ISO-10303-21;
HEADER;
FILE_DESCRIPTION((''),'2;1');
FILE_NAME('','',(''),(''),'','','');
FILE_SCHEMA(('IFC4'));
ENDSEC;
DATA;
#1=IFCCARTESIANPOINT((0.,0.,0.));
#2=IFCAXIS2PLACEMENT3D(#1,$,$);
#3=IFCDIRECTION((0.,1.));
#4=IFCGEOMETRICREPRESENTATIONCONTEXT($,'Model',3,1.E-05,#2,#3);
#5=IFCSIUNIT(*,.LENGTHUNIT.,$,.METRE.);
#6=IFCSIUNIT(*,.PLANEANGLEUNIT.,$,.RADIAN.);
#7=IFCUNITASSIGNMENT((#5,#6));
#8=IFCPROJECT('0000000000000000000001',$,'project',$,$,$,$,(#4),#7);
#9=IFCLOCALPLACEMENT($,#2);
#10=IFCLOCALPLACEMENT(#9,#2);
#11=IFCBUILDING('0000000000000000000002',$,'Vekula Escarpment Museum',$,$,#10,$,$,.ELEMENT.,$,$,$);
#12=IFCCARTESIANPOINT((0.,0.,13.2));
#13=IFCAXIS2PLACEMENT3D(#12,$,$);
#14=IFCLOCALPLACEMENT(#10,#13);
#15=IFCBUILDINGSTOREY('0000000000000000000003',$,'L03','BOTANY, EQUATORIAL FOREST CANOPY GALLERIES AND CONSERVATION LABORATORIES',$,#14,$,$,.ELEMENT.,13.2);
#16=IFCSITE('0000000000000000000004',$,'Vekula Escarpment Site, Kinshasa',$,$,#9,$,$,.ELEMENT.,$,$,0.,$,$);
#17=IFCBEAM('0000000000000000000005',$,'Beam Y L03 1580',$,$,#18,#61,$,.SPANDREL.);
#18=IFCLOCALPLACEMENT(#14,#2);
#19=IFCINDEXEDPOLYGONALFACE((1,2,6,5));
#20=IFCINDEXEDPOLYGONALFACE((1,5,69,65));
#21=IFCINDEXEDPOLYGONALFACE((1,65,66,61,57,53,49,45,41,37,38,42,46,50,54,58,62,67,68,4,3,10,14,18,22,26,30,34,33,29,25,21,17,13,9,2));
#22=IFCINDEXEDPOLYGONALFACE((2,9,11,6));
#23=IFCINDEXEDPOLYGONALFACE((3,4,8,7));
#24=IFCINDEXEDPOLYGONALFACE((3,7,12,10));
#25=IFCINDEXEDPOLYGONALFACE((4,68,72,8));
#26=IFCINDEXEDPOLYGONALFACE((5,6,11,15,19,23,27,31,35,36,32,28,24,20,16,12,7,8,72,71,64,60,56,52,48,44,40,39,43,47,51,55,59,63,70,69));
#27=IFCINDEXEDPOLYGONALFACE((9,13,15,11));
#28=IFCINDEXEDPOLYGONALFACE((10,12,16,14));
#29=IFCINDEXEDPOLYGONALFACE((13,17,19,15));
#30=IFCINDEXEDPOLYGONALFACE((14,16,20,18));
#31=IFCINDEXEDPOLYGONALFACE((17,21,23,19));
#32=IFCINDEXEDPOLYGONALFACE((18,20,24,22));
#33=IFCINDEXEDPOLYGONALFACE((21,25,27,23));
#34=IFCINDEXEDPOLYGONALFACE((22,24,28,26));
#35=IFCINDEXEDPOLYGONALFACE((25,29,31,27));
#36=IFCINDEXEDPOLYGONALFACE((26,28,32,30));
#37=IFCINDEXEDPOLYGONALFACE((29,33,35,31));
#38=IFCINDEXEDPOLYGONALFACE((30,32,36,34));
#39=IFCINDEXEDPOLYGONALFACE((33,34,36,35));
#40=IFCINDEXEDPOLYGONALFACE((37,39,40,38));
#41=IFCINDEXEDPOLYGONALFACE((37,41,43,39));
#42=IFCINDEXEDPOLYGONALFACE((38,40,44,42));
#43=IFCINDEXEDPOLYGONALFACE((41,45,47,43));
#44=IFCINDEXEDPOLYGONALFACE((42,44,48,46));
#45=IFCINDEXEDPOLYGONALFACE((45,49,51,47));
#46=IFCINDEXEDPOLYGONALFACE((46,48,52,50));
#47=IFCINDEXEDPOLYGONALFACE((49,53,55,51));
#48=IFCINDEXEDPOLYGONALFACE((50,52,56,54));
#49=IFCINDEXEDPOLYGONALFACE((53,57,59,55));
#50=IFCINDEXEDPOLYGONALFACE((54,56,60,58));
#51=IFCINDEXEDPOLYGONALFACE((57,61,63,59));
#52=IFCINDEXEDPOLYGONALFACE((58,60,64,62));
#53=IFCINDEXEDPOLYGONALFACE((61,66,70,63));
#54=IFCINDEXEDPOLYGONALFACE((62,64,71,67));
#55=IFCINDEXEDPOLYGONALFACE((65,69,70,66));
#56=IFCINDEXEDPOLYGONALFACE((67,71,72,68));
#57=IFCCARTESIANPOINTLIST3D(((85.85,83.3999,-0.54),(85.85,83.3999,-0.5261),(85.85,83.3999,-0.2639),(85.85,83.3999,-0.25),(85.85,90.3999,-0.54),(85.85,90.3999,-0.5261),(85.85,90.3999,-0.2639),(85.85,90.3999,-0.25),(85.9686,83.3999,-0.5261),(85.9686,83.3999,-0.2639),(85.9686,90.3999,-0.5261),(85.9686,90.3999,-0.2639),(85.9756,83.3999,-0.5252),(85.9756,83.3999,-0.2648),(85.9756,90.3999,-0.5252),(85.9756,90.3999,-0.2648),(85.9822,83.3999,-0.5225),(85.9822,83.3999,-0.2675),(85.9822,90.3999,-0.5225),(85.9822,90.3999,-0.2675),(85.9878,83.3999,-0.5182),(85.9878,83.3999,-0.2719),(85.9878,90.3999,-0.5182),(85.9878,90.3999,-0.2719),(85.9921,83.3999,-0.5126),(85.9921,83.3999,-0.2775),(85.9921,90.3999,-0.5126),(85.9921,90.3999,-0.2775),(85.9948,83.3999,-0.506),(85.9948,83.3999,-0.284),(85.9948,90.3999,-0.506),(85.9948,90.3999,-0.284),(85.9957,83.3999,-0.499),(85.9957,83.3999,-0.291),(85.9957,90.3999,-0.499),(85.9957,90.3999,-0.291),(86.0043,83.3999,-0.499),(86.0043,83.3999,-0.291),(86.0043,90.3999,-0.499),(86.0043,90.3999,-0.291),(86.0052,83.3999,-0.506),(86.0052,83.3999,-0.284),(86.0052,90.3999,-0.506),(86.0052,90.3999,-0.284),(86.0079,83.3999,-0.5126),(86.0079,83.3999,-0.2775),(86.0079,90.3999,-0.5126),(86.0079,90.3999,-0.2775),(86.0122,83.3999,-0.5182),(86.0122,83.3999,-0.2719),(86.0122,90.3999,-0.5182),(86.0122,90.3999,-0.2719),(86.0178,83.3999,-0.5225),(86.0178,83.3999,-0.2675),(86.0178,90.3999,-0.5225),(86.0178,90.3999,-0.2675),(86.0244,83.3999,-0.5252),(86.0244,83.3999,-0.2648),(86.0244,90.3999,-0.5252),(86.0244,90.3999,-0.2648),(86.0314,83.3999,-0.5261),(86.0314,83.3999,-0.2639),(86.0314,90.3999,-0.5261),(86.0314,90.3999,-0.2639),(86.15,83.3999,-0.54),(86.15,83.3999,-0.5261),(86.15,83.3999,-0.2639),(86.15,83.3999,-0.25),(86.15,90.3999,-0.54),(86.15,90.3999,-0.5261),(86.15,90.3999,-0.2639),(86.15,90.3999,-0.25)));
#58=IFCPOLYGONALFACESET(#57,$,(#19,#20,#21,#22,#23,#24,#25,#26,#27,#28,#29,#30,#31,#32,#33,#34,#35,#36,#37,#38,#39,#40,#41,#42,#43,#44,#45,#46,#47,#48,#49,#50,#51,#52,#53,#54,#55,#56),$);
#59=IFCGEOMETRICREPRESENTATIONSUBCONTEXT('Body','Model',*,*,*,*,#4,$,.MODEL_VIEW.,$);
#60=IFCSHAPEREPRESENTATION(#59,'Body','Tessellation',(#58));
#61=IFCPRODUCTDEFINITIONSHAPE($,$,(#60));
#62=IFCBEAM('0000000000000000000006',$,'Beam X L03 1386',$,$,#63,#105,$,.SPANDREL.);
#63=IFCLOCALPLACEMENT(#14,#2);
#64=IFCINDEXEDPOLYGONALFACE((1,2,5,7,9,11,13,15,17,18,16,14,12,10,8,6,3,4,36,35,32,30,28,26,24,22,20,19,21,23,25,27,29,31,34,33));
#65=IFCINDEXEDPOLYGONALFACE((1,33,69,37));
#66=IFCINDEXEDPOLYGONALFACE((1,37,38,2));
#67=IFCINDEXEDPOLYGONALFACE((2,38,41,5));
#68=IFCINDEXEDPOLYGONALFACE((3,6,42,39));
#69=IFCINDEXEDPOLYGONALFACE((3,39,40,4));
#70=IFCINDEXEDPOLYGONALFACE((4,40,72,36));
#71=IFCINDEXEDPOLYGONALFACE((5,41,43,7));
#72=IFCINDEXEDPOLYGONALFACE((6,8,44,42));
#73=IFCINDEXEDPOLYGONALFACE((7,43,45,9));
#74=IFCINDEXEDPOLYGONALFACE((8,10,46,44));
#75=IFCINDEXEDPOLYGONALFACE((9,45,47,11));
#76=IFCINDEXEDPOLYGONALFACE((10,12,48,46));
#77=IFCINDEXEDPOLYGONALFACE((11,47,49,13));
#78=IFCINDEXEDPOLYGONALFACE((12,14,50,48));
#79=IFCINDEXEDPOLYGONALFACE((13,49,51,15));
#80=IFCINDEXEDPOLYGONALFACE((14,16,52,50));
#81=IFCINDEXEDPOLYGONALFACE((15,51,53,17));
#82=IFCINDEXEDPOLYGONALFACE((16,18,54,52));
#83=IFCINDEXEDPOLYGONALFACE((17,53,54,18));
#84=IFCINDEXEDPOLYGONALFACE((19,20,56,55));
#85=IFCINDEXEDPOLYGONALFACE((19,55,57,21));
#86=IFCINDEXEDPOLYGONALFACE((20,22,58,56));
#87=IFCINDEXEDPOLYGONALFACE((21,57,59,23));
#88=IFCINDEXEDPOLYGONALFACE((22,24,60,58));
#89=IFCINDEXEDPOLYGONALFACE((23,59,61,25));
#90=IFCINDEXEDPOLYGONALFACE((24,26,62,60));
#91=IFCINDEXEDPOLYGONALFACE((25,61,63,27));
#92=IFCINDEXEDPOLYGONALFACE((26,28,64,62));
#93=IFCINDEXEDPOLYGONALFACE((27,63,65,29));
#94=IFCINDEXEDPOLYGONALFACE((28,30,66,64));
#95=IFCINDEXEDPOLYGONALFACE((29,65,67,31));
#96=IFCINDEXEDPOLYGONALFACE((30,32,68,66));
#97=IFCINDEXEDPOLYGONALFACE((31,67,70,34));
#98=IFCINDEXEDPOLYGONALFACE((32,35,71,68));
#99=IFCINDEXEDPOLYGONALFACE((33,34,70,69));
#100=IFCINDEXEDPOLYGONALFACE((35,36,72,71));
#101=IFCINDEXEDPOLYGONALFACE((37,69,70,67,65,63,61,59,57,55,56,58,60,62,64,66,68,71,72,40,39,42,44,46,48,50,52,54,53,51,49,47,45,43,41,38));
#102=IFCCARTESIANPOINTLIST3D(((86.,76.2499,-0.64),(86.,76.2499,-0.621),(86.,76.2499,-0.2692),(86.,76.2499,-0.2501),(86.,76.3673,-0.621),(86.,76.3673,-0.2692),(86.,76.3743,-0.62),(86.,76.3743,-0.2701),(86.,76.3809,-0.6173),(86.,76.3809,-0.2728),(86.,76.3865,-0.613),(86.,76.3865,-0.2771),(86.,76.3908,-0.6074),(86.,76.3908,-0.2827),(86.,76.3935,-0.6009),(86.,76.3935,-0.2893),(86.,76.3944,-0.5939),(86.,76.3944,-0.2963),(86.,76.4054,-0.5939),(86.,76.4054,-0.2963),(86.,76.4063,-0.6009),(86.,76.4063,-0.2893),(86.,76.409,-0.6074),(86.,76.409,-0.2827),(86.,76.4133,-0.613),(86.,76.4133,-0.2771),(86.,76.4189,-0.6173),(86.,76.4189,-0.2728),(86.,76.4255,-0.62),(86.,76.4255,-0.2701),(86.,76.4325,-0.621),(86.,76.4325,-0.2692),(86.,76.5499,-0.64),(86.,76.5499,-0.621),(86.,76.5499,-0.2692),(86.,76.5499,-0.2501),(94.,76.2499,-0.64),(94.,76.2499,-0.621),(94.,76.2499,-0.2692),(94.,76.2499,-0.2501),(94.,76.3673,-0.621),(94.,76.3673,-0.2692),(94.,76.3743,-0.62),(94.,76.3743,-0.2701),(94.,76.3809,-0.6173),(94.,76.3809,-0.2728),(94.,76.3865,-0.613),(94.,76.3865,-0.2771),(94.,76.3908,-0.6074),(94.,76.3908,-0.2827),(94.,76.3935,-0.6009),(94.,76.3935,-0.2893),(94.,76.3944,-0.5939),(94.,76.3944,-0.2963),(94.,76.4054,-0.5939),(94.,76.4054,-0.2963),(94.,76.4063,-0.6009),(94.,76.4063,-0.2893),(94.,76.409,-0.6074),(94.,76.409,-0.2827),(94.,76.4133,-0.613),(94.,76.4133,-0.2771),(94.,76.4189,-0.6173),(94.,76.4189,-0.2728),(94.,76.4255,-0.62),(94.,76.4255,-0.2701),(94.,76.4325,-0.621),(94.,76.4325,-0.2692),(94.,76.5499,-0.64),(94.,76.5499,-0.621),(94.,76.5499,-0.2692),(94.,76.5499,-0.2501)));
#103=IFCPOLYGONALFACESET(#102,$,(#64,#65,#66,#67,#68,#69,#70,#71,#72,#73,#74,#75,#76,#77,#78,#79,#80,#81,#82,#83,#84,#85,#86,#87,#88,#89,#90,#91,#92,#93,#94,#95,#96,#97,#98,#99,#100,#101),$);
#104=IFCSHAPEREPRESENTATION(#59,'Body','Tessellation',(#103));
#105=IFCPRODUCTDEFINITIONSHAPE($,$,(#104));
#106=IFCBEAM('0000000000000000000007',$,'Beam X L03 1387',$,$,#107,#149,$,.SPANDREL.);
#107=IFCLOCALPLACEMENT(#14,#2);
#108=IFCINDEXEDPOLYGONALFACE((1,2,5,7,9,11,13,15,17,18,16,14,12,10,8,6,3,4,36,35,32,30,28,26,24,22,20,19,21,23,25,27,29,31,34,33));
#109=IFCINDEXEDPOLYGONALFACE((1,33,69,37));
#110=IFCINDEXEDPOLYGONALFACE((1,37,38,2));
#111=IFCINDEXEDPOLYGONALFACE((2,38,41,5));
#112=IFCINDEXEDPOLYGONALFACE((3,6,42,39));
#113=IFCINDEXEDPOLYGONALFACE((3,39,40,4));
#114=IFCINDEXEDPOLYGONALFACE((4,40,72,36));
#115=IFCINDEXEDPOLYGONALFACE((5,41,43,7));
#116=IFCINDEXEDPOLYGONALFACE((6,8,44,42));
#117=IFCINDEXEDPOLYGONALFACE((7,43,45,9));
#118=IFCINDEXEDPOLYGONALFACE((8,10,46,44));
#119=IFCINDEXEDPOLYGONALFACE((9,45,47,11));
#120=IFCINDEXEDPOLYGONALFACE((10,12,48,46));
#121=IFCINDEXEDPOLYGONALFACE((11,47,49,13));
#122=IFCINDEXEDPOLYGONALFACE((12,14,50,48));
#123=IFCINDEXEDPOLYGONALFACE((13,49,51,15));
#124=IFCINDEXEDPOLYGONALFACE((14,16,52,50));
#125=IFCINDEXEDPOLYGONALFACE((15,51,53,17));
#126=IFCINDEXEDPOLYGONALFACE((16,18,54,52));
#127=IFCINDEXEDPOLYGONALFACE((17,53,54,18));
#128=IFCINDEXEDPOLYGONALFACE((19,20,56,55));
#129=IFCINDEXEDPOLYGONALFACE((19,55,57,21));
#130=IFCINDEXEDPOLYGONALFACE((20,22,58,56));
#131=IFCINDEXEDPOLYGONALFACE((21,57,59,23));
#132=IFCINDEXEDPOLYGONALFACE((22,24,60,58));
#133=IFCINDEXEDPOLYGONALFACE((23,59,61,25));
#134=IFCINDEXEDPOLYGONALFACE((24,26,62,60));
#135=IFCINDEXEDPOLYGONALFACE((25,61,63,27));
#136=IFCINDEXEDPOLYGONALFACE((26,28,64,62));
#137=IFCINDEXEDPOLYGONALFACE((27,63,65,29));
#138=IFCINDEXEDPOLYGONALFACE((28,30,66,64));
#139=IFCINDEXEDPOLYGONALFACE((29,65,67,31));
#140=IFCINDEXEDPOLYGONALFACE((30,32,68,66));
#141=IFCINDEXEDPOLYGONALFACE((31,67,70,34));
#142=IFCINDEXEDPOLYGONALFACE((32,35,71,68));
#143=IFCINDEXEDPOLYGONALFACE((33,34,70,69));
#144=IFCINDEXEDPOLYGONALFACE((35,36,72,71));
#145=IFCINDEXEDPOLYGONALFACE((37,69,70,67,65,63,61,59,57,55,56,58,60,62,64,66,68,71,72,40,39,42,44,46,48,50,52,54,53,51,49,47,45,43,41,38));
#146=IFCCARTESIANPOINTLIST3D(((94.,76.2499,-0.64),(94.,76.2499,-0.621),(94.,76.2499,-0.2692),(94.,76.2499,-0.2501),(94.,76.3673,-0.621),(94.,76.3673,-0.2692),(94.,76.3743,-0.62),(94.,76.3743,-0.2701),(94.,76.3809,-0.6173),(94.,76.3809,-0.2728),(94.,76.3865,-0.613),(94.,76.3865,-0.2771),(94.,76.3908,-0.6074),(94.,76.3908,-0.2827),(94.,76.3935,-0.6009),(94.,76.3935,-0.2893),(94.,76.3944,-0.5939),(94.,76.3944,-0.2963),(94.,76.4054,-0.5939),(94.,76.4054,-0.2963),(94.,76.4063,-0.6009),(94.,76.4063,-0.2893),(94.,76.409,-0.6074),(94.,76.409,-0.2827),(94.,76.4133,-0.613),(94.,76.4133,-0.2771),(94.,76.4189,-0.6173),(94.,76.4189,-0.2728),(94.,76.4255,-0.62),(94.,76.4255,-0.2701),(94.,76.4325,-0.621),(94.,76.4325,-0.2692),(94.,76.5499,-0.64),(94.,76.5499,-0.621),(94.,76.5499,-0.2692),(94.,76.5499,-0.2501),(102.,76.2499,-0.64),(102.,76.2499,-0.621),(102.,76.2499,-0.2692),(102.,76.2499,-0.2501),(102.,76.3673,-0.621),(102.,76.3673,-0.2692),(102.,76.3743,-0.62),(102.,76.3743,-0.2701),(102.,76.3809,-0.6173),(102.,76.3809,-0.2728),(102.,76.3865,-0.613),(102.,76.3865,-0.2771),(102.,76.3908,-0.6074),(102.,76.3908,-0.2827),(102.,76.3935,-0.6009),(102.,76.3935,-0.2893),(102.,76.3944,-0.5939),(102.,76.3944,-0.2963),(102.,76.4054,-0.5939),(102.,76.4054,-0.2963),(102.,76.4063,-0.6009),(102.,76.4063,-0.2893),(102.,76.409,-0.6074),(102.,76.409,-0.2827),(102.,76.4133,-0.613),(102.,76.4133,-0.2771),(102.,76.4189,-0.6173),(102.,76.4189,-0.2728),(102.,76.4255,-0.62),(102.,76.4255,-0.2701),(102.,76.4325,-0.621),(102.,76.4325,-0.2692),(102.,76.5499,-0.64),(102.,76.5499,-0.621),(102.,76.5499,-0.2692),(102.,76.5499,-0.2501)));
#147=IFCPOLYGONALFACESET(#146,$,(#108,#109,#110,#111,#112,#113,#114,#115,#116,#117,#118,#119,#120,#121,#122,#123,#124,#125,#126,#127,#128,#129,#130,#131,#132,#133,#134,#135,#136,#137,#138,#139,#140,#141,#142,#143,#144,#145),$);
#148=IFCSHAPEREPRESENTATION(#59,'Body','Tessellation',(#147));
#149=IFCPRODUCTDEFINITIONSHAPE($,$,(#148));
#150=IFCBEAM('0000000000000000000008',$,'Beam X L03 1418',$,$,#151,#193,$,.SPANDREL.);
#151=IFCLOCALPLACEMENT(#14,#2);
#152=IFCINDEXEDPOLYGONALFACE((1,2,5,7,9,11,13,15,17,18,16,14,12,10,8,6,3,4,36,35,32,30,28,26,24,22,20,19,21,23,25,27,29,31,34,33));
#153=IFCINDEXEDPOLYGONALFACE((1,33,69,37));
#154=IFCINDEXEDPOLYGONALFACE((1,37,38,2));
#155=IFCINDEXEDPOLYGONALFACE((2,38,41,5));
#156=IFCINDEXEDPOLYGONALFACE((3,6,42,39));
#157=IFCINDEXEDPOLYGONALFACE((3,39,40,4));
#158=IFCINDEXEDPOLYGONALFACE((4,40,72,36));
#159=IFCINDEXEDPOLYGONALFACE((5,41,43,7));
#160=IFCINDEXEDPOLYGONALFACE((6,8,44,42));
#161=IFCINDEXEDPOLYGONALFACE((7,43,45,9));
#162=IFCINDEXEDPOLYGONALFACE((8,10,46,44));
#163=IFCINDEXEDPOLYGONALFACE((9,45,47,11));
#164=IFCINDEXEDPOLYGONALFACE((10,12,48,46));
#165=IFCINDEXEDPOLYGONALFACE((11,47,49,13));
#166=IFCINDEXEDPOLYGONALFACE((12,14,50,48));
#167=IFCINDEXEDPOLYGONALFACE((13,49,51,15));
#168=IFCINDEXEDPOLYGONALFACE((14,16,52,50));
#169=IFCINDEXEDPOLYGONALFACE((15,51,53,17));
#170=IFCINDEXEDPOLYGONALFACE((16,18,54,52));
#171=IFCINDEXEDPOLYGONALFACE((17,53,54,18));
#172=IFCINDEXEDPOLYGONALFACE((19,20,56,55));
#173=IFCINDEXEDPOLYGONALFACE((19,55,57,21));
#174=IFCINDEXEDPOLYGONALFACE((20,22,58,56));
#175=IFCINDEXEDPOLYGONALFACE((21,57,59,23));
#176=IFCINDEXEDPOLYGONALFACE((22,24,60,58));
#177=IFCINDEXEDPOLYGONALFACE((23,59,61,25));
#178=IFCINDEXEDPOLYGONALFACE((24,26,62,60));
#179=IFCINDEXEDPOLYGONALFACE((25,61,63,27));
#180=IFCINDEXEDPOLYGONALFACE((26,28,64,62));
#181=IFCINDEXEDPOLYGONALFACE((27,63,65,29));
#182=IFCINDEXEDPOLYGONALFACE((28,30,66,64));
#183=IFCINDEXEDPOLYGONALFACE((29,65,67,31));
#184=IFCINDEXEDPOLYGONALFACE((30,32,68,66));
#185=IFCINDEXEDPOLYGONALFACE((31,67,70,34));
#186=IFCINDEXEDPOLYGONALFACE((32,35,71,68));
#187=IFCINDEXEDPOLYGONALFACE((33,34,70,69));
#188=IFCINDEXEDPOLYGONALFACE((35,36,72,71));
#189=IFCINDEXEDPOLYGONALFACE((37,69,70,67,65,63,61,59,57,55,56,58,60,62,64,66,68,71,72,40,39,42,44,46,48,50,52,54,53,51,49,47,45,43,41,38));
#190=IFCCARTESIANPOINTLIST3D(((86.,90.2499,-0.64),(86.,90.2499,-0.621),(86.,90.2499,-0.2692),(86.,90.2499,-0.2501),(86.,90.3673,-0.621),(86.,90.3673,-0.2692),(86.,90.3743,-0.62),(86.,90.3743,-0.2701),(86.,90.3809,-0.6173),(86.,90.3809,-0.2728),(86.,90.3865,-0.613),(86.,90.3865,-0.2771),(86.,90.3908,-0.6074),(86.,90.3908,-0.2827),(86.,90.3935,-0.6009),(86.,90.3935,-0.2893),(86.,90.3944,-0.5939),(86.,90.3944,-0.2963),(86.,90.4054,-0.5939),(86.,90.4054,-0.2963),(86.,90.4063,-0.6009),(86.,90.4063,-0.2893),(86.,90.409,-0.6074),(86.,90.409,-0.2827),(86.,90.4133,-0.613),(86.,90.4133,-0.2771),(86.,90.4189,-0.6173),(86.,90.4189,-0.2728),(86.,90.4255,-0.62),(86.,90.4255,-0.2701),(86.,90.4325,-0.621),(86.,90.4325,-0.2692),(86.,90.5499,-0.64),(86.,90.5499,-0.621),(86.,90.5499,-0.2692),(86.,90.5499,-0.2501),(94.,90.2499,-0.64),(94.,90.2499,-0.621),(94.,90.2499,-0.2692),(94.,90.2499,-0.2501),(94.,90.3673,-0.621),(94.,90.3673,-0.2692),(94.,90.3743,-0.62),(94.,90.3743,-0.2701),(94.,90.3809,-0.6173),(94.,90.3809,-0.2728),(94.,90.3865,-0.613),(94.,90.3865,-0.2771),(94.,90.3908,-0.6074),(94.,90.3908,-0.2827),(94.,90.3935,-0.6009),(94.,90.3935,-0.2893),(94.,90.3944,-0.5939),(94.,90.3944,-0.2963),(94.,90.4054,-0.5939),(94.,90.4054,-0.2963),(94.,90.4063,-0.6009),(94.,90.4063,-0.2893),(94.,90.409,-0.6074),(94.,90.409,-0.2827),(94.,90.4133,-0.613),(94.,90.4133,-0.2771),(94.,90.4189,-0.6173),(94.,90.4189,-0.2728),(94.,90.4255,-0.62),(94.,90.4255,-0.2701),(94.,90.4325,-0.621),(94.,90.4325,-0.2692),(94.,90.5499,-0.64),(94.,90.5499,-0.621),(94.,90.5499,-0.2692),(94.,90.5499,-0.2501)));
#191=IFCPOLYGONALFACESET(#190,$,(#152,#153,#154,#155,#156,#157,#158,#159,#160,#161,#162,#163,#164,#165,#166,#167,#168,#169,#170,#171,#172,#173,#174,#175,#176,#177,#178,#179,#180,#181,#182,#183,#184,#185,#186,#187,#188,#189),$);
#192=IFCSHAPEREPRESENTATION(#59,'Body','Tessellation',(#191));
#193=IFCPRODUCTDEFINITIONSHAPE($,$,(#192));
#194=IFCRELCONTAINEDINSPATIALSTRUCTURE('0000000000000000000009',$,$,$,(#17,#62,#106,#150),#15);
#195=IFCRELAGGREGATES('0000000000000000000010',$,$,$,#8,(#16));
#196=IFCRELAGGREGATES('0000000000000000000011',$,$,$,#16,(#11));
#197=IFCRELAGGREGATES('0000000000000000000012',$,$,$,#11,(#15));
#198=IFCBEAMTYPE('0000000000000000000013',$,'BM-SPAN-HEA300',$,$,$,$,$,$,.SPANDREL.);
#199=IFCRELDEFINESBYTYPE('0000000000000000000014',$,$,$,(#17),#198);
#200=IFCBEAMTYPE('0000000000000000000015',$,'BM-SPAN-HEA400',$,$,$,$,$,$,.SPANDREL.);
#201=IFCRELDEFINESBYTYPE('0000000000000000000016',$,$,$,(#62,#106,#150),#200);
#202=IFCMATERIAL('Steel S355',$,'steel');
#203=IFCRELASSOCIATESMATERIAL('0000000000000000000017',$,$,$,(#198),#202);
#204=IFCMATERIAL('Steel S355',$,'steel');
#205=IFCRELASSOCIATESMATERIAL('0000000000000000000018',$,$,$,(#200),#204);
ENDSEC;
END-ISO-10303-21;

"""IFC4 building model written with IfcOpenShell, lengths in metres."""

from ifc_helpers import new_model, si_unit, direction, frame, origin, origin_2d, place, context, subcontext, project, spatial, i_section, extrude, material, material_profile, profile_set, type_object, element, save


model = new_model("IFC4")

# Units and contexts
model_context = context("Model", 3, precision=1e-05, world=origin(), true_north=direction((0.0, 1.0)))
body_context = subcontext(model_context, "Body", "Model", "MODEL_VIEW")
ifc_project = project(units=[si_unit("LENGTHUNIT", "METRE"), si_unit("PLANEANGLEUNIT", "RADIAN")], contexts=[model_context])

# Site, building, storey
site_placement = place(None, origin())
site = spatial("IfcSite", under=ifc_project, at=site_placement, Name="Vekula Escarpment Site, Kinshasa", CompositionType="ELEMENT", RefElevation=0.0)
building_placement = place(site_placement, origin())
building = spatial("IfcBuilding", under=site, at=building_placement, Name="Vekula Escarpment Museum", CompositionType="ELEMENT")
storey_placement = place(building_placement, frame((0.0, 0.0, 13.2)))
storey = spatial("IfcBuildingStorey", under=building, at=storey_placement, Name="L03", Description="BOTANY, EQUATORIAL FOREST CANOPY GALLERIES AND CONSERVATION LABORATORIES", CompositionType="ELEMENT", Elevation=13.2)

# Beams
ifc_material_1 = material(Name="Steel S355", Category="steel")
ifc_material_profile_1 = material_profile(ifc_material_1, i_section(OverallWidth=0.3, OverallDepth=0.29, WebThickness=0.0085, FlangeThickness=0.0139, FilletRadius=0.0271, at=origin_2d()), Name="HEA 300")
ifc_profile_set_1 = profile_set([ifc_material_profile_1], Name="Steel S355")
beam_type_1 = type_object("IfcBeamType", Name="BM-SPAN-HEA300", PredefinedType="SPANDREL", material=ifc_profile_set_1)
for number, where, z_axis, x_axis, name in (
    (1, (86.0, 83.3999, -0.395), (0.0, 1.0, 0.0), (-1.0, 0.0, 0.0), "Beam Y L03 1580"),
):
    element("IfcBeam", number, at=place(storey_placement, frame(where, z_axis=z_axis, x_axis=x_axis)), inside=storey, type_object=beam_type_1, Name=name, PredefinedType="SPANDREL", context=body_context, shape_type="SweptSolid", body=[
        extrude(i_section(OverallWidth=0.3, OverallDepth=0.29, WebThickness=0.0085, FlangeThickness=0.0139, FilletRadius=0.0271, at=origin_2d()), origin(), (0.0, 0.0, 1.0), 7.0),
    ])
ifc_material_2 = material(Name="Steel S355", Category="steel")
ifc_material_profile_2 = material_profile(ifc_material_2, i_section(OverallWidth=0.3, OverallDepth=0.3899, WebThickness=0.011, FlangeThickness=0.019, FilletRadius=0.0271, at=origin_2d()), Name="HEA 400")
ifc_profile_set_2 = profile_set([ifc_material_profile_2], Name="Steel S355")
beam_type_2 = type_object("IfcBeamType", Name="BM-SPAN-HEA400", PredefinedType="SPANDREL", material=ifc_profile_set_2)
for number, where, z_axis, x_axis, name in (
    (2, (86.0, 76.3999, -0.4451), (1.0, 0.0, 0.0), (0.0, 1.0, 0.0), "Beam X L03 1386"),
    (3, (94.0, 76.3999, -0.4451), (1.0, 0.0, 0.0), (0.0, 1.0, 0.0), "Beam X L03 1387"),
    (4, (86.0, 90.3999, -0.4451), (1.0, 0.0, 0.0), (0.0, 1.0, 0.0), "Beam X L03 1418"),
):
    element("IfcBeam", number, at=place(storey_placement, frame(where, z_axis=z_axis, x_axis=x_axis)), inside=storey, type_object=beam_type_2, Name=name, PredefinedType="SPANDREL", context=body_context, shape_type="SweptSolid", body=[
        extrude(i_section(OverallWidth=0.3, OverallDepth=0.3899, WebThickness=0.011, FlangeThickness=0.019, FilletRadius=0.0271, at=origin_2d()), origin(), (0.0, 0.0, 1.0), 8.0),
    ])

save(model, "model.ifc")
